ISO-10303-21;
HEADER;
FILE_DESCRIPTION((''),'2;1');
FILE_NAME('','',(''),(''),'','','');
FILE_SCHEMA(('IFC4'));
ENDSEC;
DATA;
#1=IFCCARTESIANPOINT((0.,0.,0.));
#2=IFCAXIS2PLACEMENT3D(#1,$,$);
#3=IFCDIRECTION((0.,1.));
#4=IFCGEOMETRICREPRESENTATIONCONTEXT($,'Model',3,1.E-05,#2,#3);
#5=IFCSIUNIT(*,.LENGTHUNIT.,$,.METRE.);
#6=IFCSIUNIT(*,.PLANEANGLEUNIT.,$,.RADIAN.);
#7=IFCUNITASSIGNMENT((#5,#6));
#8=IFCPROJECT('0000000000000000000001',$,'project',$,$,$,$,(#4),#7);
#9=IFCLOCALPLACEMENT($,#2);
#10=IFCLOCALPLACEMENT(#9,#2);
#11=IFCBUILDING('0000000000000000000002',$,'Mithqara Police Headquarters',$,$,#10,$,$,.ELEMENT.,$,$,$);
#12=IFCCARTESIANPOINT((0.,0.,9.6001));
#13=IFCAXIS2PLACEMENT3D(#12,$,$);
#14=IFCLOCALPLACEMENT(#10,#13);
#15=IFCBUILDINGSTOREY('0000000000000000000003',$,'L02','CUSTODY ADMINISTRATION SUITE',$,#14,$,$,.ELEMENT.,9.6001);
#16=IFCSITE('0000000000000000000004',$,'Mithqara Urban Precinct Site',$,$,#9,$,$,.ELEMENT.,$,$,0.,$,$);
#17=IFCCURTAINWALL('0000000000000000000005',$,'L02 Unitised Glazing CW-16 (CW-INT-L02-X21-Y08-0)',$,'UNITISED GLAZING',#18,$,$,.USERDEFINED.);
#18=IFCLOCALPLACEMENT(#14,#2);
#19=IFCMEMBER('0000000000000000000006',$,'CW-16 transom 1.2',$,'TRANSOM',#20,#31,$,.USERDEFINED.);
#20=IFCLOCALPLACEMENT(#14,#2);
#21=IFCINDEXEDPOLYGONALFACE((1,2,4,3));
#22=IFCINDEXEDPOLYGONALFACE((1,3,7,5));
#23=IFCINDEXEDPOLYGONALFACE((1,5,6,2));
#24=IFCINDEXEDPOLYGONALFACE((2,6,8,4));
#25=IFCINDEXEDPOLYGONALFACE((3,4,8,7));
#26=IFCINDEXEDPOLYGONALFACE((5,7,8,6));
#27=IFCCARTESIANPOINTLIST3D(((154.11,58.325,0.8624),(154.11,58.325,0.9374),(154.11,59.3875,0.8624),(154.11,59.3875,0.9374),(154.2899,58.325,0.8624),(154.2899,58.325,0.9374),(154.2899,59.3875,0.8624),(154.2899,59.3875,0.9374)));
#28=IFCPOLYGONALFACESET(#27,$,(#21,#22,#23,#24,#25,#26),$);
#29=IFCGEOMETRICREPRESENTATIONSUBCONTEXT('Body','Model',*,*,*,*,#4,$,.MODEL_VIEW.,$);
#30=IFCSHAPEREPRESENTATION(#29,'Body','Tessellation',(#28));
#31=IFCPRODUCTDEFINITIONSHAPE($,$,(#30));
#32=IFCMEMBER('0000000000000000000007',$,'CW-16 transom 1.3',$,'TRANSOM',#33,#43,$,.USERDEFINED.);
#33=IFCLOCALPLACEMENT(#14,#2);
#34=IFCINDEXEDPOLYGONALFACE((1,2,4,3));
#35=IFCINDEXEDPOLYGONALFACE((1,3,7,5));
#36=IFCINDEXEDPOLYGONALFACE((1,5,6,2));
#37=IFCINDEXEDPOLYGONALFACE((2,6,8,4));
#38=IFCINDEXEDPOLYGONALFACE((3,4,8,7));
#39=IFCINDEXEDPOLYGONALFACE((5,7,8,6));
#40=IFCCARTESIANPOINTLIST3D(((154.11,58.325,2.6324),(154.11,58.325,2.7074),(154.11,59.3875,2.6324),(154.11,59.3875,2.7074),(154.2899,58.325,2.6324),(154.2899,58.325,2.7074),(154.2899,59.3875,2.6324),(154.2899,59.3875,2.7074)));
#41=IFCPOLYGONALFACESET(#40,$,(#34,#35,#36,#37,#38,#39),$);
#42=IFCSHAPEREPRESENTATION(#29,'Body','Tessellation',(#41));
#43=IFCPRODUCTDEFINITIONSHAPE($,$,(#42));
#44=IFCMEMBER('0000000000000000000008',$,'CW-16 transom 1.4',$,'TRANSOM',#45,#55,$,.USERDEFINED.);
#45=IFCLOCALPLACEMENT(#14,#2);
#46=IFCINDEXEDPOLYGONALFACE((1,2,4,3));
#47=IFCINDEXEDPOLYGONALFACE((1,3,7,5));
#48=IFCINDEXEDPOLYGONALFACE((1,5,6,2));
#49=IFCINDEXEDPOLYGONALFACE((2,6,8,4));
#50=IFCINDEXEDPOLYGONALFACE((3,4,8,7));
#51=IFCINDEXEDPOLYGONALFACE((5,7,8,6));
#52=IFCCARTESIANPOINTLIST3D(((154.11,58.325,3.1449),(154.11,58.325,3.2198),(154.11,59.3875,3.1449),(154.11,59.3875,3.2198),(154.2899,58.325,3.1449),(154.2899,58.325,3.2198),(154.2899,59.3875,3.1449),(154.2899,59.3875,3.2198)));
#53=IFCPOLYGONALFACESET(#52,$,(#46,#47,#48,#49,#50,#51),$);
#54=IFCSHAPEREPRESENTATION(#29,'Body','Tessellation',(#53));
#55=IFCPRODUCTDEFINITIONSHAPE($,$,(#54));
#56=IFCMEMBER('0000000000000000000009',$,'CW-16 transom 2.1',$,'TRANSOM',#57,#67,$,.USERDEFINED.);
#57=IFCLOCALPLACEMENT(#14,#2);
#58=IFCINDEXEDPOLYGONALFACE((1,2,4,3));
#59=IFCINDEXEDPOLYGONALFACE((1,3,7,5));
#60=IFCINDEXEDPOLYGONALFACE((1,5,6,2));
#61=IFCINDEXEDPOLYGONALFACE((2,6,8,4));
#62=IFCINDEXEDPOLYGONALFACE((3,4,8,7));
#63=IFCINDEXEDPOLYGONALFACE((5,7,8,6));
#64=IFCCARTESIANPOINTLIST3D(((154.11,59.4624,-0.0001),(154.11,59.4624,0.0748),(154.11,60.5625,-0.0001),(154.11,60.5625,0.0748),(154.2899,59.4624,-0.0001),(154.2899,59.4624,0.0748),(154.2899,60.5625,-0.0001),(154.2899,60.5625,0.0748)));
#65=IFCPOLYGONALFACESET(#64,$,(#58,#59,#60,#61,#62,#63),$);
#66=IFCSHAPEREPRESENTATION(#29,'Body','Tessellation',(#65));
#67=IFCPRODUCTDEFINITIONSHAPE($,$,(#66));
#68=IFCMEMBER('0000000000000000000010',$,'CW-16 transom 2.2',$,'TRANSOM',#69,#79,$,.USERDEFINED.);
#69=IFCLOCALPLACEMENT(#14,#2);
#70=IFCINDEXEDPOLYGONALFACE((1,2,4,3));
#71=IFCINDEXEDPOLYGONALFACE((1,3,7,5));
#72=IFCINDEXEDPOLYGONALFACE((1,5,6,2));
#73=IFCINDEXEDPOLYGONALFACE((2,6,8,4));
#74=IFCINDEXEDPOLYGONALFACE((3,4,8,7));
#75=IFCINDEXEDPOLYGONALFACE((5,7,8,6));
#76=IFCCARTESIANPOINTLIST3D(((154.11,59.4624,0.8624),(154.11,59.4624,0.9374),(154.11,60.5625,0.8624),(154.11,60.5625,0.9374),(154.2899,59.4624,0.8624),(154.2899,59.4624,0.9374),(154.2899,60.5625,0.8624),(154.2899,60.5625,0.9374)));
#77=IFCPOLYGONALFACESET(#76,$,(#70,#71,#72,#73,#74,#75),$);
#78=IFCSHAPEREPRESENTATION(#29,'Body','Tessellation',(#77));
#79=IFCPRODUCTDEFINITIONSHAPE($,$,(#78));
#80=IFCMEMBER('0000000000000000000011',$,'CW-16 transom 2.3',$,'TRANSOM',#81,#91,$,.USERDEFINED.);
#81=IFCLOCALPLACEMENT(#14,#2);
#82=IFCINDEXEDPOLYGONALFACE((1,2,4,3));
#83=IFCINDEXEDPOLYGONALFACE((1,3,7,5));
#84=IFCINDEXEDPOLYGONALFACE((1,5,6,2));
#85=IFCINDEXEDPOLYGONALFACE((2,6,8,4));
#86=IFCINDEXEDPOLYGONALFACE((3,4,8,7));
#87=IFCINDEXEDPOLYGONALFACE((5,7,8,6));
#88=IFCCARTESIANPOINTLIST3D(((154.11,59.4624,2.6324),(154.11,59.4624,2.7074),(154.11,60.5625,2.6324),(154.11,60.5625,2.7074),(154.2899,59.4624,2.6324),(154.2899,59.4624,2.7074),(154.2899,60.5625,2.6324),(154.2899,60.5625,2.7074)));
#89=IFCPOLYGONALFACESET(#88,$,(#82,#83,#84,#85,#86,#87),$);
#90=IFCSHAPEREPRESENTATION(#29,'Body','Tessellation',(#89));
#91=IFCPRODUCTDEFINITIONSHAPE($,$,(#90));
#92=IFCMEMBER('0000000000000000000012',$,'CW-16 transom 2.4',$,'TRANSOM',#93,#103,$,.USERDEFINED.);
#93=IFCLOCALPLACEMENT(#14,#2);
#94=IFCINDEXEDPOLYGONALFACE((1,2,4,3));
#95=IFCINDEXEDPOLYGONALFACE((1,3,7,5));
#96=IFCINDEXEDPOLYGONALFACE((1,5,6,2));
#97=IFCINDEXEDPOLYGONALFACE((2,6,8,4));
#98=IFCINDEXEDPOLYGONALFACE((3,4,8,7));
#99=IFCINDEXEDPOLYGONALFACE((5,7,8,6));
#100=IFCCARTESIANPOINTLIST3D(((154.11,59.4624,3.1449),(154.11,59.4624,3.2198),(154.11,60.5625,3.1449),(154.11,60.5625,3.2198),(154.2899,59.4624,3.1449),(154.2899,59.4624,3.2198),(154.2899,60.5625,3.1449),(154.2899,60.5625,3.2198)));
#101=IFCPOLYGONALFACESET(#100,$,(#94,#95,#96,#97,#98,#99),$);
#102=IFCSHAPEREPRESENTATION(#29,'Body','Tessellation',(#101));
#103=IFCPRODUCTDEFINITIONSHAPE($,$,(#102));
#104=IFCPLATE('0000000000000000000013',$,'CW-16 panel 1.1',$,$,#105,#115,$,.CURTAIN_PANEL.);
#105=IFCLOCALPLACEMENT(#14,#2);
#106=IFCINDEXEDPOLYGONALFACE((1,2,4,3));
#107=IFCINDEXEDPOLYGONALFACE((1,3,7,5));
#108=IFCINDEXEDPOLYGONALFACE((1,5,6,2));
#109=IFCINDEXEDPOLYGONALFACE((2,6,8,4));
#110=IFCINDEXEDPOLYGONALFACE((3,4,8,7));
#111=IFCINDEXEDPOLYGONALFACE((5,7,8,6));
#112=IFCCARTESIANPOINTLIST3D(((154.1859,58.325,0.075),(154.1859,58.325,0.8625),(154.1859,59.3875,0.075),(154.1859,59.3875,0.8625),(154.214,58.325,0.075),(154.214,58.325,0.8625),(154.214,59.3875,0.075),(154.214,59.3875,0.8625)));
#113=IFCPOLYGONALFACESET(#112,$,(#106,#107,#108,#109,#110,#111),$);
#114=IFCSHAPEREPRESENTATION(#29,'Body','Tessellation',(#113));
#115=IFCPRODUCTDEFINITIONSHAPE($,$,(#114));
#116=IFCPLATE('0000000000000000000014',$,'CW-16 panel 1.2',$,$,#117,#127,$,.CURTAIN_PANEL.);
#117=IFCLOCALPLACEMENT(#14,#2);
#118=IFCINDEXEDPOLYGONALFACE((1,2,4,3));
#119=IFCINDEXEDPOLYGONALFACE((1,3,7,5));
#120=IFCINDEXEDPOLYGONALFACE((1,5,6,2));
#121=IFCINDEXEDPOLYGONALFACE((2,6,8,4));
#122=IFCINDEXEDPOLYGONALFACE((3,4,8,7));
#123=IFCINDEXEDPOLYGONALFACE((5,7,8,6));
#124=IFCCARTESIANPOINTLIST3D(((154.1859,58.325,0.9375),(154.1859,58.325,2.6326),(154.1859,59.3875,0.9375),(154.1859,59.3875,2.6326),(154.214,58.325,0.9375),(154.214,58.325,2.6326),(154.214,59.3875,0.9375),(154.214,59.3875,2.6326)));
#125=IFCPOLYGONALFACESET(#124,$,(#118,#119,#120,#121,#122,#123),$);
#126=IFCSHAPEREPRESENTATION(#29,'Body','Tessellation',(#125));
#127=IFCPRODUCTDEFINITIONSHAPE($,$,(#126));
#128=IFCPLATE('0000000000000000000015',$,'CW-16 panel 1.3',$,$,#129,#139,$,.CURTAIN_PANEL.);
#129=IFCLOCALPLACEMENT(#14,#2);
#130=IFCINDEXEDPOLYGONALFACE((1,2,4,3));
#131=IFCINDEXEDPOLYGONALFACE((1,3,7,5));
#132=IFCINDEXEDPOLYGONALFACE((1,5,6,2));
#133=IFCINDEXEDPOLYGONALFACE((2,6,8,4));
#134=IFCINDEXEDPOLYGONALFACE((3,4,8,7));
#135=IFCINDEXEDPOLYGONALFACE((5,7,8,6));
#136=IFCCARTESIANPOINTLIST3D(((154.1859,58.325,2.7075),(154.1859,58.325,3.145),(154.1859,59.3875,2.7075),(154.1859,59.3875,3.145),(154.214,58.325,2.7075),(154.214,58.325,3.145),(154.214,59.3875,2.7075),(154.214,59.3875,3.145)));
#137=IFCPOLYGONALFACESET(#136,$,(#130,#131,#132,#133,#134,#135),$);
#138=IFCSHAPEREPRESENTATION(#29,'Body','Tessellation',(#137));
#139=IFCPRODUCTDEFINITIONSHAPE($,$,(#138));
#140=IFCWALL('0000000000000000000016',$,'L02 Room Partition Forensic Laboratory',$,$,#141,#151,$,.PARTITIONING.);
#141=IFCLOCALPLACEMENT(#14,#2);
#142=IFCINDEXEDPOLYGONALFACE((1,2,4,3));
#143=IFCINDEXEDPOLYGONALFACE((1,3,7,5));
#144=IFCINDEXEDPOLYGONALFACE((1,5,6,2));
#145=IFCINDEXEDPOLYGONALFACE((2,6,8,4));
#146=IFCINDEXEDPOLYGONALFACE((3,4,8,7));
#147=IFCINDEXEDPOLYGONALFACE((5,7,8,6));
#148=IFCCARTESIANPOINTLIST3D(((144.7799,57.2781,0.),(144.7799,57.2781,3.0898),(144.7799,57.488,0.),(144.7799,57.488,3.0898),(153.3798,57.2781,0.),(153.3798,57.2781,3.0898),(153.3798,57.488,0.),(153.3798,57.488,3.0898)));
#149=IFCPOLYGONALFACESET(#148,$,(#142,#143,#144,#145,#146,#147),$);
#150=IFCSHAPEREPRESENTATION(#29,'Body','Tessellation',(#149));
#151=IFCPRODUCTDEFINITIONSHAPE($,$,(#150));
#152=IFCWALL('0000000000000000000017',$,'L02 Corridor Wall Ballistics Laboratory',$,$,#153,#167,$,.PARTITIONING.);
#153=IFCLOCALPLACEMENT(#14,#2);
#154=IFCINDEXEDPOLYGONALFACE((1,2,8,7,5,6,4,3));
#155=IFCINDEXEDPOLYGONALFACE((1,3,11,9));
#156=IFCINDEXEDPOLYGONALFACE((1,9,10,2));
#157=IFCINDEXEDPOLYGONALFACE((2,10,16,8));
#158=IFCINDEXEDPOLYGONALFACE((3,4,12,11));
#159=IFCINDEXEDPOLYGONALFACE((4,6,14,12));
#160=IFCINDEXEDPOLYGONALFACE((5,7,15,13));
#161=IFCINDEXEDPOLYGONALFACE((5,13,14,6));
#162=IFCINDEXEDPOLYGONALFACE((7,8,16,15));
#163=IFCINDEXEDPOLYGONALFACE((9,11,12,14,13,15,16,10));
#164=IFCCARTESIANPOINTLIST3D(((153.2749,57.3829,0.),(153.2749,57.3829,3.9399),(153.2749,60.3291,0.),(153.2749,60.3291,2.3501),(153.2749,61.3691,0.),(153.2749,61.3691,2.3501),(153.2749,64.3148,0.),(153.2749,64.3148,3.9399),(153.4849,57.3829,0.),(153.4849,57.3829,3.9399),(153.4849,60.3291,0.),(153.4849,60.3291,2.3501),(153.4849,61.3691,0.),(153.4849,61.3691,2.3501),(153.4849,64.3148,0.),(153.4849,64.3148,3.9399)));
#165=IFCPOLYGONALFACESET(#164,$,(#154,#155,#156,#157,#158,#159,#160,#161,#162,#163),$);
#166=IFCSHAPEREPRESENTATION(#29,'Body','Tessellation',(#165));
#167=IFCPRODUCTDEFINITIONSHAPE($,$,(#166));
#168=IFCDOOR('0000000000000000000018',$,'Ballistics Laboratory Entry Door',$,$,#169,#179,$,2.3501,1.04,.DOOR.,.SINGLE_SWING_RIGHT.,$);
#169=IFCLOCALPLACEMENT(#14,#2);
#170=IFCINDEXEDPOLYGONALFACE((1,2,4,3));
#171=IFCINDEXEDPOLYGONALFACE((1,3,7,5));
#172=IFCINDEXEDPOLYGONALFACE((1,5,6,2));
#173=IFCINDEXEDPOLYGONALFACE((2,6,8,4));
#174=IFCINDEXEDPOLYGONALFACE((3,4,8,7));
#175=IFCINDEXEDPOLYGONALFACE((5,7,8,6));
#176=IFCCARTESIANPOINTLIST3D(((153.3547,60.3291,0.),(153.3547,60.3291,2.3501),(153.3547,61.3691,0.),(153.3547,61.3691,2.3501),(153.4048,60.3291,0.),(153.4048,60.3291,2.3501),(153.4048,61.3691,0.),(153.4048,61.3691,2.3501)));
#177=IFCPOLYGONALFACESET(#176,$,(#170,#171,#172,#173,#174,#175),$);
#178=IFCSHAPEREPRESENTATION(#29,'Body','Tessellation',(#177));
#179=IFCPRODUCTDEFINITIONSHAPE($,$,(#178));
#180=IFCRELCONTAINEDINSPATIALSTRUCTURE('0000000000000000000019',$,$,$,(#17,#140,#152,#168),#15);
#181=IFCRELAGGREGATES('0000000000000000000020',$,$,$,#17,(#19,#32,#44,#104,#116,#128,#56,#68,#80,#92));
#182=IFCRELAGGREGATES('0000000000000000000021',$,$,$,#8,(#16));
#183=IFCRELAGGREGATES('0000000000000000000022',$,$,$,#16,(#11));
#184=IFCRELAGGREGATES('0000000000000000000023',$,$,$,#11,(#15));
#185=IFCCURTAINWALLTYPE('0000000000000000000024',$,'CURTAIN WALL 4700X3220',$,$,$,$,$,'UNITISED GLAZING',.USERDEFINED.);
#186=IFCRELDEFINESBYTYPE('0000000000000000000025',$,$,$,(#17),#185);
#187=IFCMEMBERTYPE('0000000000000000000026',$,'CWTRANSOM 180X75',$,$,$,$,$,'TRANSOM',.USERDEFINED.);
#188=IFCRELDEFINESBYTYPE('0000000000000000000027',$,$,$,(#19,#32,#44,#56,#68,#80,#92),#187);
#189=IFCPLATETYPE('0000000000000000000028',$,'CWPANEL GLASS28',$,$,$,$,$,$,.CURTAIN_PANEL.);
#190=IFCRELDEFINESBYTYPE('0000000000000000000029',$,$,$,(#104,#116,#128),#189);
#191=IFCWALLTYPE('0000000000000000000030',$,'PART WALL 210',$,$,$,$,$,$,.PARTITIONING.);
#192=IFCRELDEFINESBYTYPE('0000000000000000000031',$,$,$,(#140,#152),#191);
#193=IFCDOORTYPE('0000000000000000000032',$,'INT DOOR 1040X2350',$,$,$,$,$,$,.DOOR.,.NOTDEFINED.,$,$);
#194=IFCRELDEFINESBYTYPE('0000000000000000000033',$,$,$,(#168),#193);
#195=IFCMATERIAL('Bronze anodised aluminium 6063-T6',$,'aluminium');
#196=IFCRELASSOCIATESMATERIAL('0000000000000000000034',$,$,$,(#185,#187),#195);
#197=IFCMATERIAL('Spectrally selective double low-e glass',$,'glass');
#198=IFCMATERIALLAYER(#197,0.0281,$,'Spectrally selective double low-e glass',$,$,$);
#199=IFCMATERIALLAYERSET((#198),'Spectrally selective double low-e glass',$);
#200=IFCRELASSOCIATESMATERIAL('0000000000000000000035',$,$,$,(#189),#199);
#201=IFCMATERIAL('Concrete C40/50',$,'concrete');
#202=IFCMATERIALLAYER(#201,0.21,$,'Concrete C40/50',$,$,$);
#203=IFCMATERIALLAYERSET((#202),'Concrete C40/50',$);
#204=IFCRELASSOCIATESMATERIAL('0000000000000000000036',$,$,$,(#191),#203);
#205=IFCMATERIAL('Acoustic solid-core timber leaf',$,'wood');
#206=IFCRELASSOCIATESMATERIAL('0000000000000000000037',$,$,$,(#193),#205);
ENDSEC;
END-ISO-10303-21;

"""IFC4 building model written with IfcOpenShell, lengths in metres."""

from ifc_helpers import new_model, si_unit, direction, frame, frame_2d, origin, origin_2d, place, context, subcontext, project, spatial, rectangle, extrude, material, layer, layer_set, material_profile, profile_set, type_object, element, fill, aggregate, save


model = new_model("IFC4")

# Units and contexts
model_context = context("Model", 3, precision=1e-05, world=origin(), true_north=direction((0.0, 1.0)))
body_context = subcontext(model_context, "Body", "Model", "MODEL_VIEW")
ifc_project = project(units=[si_unit("LENGTHUNIT", "METRE"), si_unit("PLANEANGLEUNIT", "RADIAN")], contexts=[model_context])

# Site, building, storey
site_placement = place(None, origin())
site = spatial("IfcSite", under=ifc_project, at=site_placement, Name="Mithqara Urban Precinct Site", CompositionType="ELEMENT", RefElevation=0.0)
building_placement = place(site_placement, origin())
building = spatial("IfcBuilding", under=site, at=building_placement, Name="Mithqara Police Headquarters", CompositionType="ELEMENT")
storey_placement = place(building_placement, frame((0.0, 0.0, 9.6001)))
storey = spatial("IfcBuildingStorey", under=building, at=storey_placement, Name="L02", Description="CUSTODY ADMINISTRATION SUITE", CompositionType="ELEMENT", Elevation=9.6001)

# Shared definitions
ifc_material_1 = material(Name="Concrete C40/50", Category="concrete")

# Curtain wall, members, plates
ifc_material_2 = material(Name="Bronze anodised aluminium 6063-T6", Category="aluminium")
curtain_wall_type = type_object("IfcCurtainWallType", Name="CURTAIN WALL 4700X3220", ElementType="UNITISED GLAZING", PredefinedType="USERDEFINED", material=ifc_material_2)
curtain_wall_placement = place(storey_placement, origin())
curtain_wall = element("IfcCurtainWall", 1, at=curtain_wall_placement, inside=storey, type_object=curtain_wall_type, Name="L02 Unitised Glazing CW-16 (CW-INT-L02-X21-Y08-0)", ObjectType="UNITISED GLAZING", PredefinedType="USERDEFINED")
ifc_material_profile_1 = material_profile(ifc_material_2, rectangle(XDim=0.1799, YDim=0.075, at=origin_2d()), Name="CWT 180x75")
ifc_profile_set_1 = profile_set([ifc_material_profile_1], Name="Bronze anodised aluminium 6063-T6")
member_type_1 = type_object("IfcMemberType", Name="CWTRANSOM 180X75", ElementType="TRANSOM", PredefinedType="USERDEFINED", material=ifc_profile_set_1)
member_1_placement = place(storey_placement, frame((154.2, 58.325, 0.8999), z_axis=(0.0, 1.0, 0.0), x_axis=(-1.0, 0.0, 0.0)))
member_1 = element("IfcMember", 2, at=member_1_placement, type_object=member_type_1, Name="CW-16 transom 1.2", ObjectType="TRANSOM", PredefinedType="USERDEFINED", context=body_context, shape_type="SweptSolid", body=[
    extrude(rectangle(XDim=0.1799, YDim=0.075, at=origin_2d()), origin(), (0.0, 0.0, 1.0), 1.0625),
])
member_2_placement = place(storey_placement, frame((154.2, 58.325, 2.6699), z_axis=(0.0, 1.0, 0.0), x_axis=(-1.0, 0.0, 0.0)))
member_2 = element("IfcMember", 3, at=member_2_placement, type_object=member_type_1, Name="CW-16 transom 1.3", ObjectType="TRANSOM", PredefinedType="USERDEFINED", context=body_context, shape_type="SweptSolid", body=[
    extrude(rectangle(XDim=0.1799, YDim=0.075, at=origin_2d()), origin(), (0.0, 0.0, 1.0), 1.0625),
])
member_3_placement = place(storey_placement, frame((154.2, 58.325, 3.1824), z_axis=(0.0, 1.0, 0.0), x_axis=(-1.0, 0.0, 0.0)))
member_3 = element("IfcMember", 4, at=member_3_placement, type_object=member_type_1, Name="CW-16 transom 1.4", ObjectType="TRANSOM", PredefinedType="USERDEFINED", context=body_context, shape_type="SweptSolid", body=[
    extrude(rectangle(XDim=0.1799, YDim=0.075, at=origin_2d()), origin(), (0.0, 0.0, 1.0), 1.0625),
])
member_4_placement = place(storey_placement, frame((154.2, 59.4624, 0.0374), z_axis=(0.0, 1.0, 0.0), x_axis=(-1.0, 0.0, 0.0)))
member_4 = element("IfcMember", 5, at=member_4_placement, type_object=member_type_1, Name="CW-16 transom 2.1", ObjectType="TRANSOM", PredefinedType="USERDEFINED", context=body_context, shape_type="SweptSolid", body=[
    extrude(rectangle(XDim=0.1799, YDim=0.075, at=origin_2d()), origin(), (0.0, 0.0, 1.0), 1.1001),
])
member_5_placement = place(storey_placement, frame((154.2, 59.4624, 0.8999), z_axis=(0.0, 1.0, 0.0), x_axis=(-1.0, 0.0, 0.0)))
member_5 = element("IfcMember", 6, at=member_5_placement, type_object=member_type_1, Name="CW-16 transom 2.2", ObjectType="TRANSOM", PredefinedType="USERDEFINED", context=body_context, shape_type="SweptSolid", body=[
    extrude(rectangle(XDim=0.1799, YDim=0.075, at=origin_2d()), origin(), (0.0, 0.0, 1.0), 1.1001),
])
member_6_placement = place(storey_placement, frame((154.2, 59.4624, 2.6699), z_axis=(0.0, 1.0, 0.0), x_axis=(-1.0, 0.0, 0.0)))
member_6 = element("IfcMember", 7, at=member_6_placement, type_object=member_type_1, Name="CW-16 transom 2.3", ObjectType="TRANSOM", PredefinedType="USERDEFINED", context=body_context, shape_type="SweptSolid", body=[
    extrude(rectangle(XDim=0.1799, YDim=0.075, at=origin_2d()), origin(), (0.0, 0.0, 1.0), 1.1001),
])
member_7_placement = place(storey_placement, frame((154.2, 59.4624, 3.1824), z_axis=(0.0, 1.0, 0.0), x_axis=(-1.0, 0.0, 0.0)))
member_7 = element("IfcMember", 8, at=member_7_placement, type_object=member_type_1, Name="CW-16 transom 2.4", ObjectType="TRANSOM", PredefinedType="USERDEFINED", context=body_context, shape_type="SweptSolid", body=[
    extrude(rectangle(XDim=0.1799, YDim=0.075, at=origin_2d()), origin(), (0.0, 0.0, 1.0), 1.1001),
])
ifc_material_3 = material(Name="Spectrally selective double low-e glass", Category="glass")
ifc_layer_1 = layer(ifc_material_3, 0.0281, Name="Spectrally selective double low-e glass")
ifc_layer_set_1 = layer_set([ifc_layer_1], Name="Spectrally selective double low-e glass")
plate_type = type_object("IfcPlateType", Name="CWPANEL GLASS28", PredefinedType="CURTAIN_PANEL", material=ifc_layer_set_1)
plate_1_placement = place(storey_placement, frame((154.2, 58.8562, 0.075), z_axis=(0.0, 0.0, 1.0), x_axis=(0.0, 1.0, 0.0)))
plate_1 = element("IfcPlate", 9, at=plate_1_placement, type_object=plate_type, Name="CW-16 panel 1.1", PredefinedType="CURTAIN_PANEL", context=body_context, shape_type="SweptSolid", body=[
    extrude(rectangle(XDim=1.0625, YDim=0.0281, at=origin_2d()), origin(), (0.0, 0.0, 1.0), 0.7876),
])
plate_2_placement = place(storey_placement, frame((154.2, 58.8562, 0.9375), z_axis=(0.0, 0.0, 1.0), x_axis=(0.0, 1.0, 0.0)))
plate_2 = element("IfcPlate", 10, at=plate_2_placement, type_object=plate_type, Name="CW-16 panel 1.2", PredefinedType="CURTAIN_PANEL", context=body_context, shape_type="SweptSolid", body=[
    extrude(rectangle(XDim=1.0625, YDim=0.0281, at=origin_2d()), origin(), (0.0, 0.0, 1.0), 1.6951),
])
plate_3_placement = place(storey_placement, frame((154.2, 58.8562, 2.7075), z_axis=(0.0, 0.0, 1.0), x_axis=(0.0, 1.0, 0.0)))
plate_3 = element("IfcPlate", 11, at=plate_3_placement, type_object=plate_type, Name="CW-16 panel 1.3", PredefinedType="CURTAIN_PANEL", context=body_context, shape_type="SweptSolid", body=[
    extrude(rectangle(XDim=1.0625, YDim=0.0281, at=origin_2d()), origin(), (0.0, 0.0, 1.0), 0.4375),
])
aggregate(curtain_wall, [member_1, member_2, member_3, plate_1, plate_2, plate_3, member_4, member_5, member_6, member_7])

# Wall
ifc_layer_2 = layer(ifc_material_1, 0.21, Name="Concrete C40/50")
ifc_layer_set_2 = layer_set([ifc_layer_2], Name="Concrete C40/50")
wall_type = type_object("IfcWallType", Name="PART WALL 210", PredefinedType="PARTITIONING", material=ifc_layer_set_2)
wall_1_placement = place(storey_placement, frame((144.78, 57.3831, 0.0), z_axis=(0.0, 0.0, 1.0), x_axis=(1.0, 0.0, 0.0)))
element("IfcWall", 12, at=wall_1_placement, inside=storey, type_object=wall_type, Name="L02 Room Partition Forensic Laboratory", PredefinedType="PARTITIONING", context=body_context, shape_type="SweptSolid", body=[
    extrude(rectangle(XDim=8.5999, YDim=0.21, at=frame_2d((4.2998, 0.0))), origin(), (0.0, 0.0, 1.0), 3.0898),
])

# Wall, opening, door
wall_2_placement = place(storey_placement, frame((153.3799, 57.3831, 0.0), z_axis=(0.0, 0.0, 1.0), x_axis=(0.0, 1.0, 0.0)))
wall_2 = element("IfcWall", 13, at=wall_2_placement, inside=storey, type_object=wall_type, Name="L02 Corridor Wall Ballistics Laboratory", PredefinedType="PARTITIONING", context=body_context, shape_type="SweptSolid", body=[
    extrude(rectangle(XDim=6.9319, YDim=0.21, at=frame_2d((3.4658, 0.0))), origin(), (0.0, 0.0, 1.0), 3.9399),
])
opening_placement = place(wall_2_placement, frame((2.946, 0.0, 0.0)))
opening = element("IfcOpeningElement", 14, at=opening_placement, cuts=wall_2, PredefinedType="OPENING", context=body_context, shape_type="SweptSolid", body=[
    extrude(rectangle(XDim=1.04, YDim=2.3501, at=frame_2d((0.52, 1.175))), frame((0.0, 0.115, 0.0), z_axis=(0.0, -1.0, 0.0), x_axis=(1.0, 0.0, 0.0)), (0.0, 0.0, 1.0), 0.23),
])
ifc_material_4 = material(Name="Acoustic solid-core timber leaf", Category="wood")
door_type = type_object("IfcDoorType", Name="INT DOOR 1040X2350", OperationType="NOTDEFINED", PredefinedType="DOOR", material=ifc_material_4)
door_placement = place(opening_placement, frame((1.04, 0.0, 0.0), z_axis=(0.0, 0.0, 1.0), x_axis=(-1.0, 0.0, 0.0)))
door = element("IfcDoor", 15, at=door_placement, inside=storey, type_object=door_type, Name="Ballistics Laboratory Entry Door", OperationType="SINGLE_SWING_RIGHT", OverallHeight=2.3501, OverallWidth=1.04, PredefinedType="DOOR", context=body_context, shape_type="SweptSolid", body=[
    extrude(rectangle(XDim=1.04, YDim=2.3501, at=frame_2d((0.52, 1.175))), frame((0.0, 0.0249, 0.0), z_axis=(0.0, -1.0, 0.0), x_axis=(1.0, 0.0, 0.0)), (0.0, 0.0, 1.0), 0.05),
])
fill(opening, door)

save(model, "model.ifc")
